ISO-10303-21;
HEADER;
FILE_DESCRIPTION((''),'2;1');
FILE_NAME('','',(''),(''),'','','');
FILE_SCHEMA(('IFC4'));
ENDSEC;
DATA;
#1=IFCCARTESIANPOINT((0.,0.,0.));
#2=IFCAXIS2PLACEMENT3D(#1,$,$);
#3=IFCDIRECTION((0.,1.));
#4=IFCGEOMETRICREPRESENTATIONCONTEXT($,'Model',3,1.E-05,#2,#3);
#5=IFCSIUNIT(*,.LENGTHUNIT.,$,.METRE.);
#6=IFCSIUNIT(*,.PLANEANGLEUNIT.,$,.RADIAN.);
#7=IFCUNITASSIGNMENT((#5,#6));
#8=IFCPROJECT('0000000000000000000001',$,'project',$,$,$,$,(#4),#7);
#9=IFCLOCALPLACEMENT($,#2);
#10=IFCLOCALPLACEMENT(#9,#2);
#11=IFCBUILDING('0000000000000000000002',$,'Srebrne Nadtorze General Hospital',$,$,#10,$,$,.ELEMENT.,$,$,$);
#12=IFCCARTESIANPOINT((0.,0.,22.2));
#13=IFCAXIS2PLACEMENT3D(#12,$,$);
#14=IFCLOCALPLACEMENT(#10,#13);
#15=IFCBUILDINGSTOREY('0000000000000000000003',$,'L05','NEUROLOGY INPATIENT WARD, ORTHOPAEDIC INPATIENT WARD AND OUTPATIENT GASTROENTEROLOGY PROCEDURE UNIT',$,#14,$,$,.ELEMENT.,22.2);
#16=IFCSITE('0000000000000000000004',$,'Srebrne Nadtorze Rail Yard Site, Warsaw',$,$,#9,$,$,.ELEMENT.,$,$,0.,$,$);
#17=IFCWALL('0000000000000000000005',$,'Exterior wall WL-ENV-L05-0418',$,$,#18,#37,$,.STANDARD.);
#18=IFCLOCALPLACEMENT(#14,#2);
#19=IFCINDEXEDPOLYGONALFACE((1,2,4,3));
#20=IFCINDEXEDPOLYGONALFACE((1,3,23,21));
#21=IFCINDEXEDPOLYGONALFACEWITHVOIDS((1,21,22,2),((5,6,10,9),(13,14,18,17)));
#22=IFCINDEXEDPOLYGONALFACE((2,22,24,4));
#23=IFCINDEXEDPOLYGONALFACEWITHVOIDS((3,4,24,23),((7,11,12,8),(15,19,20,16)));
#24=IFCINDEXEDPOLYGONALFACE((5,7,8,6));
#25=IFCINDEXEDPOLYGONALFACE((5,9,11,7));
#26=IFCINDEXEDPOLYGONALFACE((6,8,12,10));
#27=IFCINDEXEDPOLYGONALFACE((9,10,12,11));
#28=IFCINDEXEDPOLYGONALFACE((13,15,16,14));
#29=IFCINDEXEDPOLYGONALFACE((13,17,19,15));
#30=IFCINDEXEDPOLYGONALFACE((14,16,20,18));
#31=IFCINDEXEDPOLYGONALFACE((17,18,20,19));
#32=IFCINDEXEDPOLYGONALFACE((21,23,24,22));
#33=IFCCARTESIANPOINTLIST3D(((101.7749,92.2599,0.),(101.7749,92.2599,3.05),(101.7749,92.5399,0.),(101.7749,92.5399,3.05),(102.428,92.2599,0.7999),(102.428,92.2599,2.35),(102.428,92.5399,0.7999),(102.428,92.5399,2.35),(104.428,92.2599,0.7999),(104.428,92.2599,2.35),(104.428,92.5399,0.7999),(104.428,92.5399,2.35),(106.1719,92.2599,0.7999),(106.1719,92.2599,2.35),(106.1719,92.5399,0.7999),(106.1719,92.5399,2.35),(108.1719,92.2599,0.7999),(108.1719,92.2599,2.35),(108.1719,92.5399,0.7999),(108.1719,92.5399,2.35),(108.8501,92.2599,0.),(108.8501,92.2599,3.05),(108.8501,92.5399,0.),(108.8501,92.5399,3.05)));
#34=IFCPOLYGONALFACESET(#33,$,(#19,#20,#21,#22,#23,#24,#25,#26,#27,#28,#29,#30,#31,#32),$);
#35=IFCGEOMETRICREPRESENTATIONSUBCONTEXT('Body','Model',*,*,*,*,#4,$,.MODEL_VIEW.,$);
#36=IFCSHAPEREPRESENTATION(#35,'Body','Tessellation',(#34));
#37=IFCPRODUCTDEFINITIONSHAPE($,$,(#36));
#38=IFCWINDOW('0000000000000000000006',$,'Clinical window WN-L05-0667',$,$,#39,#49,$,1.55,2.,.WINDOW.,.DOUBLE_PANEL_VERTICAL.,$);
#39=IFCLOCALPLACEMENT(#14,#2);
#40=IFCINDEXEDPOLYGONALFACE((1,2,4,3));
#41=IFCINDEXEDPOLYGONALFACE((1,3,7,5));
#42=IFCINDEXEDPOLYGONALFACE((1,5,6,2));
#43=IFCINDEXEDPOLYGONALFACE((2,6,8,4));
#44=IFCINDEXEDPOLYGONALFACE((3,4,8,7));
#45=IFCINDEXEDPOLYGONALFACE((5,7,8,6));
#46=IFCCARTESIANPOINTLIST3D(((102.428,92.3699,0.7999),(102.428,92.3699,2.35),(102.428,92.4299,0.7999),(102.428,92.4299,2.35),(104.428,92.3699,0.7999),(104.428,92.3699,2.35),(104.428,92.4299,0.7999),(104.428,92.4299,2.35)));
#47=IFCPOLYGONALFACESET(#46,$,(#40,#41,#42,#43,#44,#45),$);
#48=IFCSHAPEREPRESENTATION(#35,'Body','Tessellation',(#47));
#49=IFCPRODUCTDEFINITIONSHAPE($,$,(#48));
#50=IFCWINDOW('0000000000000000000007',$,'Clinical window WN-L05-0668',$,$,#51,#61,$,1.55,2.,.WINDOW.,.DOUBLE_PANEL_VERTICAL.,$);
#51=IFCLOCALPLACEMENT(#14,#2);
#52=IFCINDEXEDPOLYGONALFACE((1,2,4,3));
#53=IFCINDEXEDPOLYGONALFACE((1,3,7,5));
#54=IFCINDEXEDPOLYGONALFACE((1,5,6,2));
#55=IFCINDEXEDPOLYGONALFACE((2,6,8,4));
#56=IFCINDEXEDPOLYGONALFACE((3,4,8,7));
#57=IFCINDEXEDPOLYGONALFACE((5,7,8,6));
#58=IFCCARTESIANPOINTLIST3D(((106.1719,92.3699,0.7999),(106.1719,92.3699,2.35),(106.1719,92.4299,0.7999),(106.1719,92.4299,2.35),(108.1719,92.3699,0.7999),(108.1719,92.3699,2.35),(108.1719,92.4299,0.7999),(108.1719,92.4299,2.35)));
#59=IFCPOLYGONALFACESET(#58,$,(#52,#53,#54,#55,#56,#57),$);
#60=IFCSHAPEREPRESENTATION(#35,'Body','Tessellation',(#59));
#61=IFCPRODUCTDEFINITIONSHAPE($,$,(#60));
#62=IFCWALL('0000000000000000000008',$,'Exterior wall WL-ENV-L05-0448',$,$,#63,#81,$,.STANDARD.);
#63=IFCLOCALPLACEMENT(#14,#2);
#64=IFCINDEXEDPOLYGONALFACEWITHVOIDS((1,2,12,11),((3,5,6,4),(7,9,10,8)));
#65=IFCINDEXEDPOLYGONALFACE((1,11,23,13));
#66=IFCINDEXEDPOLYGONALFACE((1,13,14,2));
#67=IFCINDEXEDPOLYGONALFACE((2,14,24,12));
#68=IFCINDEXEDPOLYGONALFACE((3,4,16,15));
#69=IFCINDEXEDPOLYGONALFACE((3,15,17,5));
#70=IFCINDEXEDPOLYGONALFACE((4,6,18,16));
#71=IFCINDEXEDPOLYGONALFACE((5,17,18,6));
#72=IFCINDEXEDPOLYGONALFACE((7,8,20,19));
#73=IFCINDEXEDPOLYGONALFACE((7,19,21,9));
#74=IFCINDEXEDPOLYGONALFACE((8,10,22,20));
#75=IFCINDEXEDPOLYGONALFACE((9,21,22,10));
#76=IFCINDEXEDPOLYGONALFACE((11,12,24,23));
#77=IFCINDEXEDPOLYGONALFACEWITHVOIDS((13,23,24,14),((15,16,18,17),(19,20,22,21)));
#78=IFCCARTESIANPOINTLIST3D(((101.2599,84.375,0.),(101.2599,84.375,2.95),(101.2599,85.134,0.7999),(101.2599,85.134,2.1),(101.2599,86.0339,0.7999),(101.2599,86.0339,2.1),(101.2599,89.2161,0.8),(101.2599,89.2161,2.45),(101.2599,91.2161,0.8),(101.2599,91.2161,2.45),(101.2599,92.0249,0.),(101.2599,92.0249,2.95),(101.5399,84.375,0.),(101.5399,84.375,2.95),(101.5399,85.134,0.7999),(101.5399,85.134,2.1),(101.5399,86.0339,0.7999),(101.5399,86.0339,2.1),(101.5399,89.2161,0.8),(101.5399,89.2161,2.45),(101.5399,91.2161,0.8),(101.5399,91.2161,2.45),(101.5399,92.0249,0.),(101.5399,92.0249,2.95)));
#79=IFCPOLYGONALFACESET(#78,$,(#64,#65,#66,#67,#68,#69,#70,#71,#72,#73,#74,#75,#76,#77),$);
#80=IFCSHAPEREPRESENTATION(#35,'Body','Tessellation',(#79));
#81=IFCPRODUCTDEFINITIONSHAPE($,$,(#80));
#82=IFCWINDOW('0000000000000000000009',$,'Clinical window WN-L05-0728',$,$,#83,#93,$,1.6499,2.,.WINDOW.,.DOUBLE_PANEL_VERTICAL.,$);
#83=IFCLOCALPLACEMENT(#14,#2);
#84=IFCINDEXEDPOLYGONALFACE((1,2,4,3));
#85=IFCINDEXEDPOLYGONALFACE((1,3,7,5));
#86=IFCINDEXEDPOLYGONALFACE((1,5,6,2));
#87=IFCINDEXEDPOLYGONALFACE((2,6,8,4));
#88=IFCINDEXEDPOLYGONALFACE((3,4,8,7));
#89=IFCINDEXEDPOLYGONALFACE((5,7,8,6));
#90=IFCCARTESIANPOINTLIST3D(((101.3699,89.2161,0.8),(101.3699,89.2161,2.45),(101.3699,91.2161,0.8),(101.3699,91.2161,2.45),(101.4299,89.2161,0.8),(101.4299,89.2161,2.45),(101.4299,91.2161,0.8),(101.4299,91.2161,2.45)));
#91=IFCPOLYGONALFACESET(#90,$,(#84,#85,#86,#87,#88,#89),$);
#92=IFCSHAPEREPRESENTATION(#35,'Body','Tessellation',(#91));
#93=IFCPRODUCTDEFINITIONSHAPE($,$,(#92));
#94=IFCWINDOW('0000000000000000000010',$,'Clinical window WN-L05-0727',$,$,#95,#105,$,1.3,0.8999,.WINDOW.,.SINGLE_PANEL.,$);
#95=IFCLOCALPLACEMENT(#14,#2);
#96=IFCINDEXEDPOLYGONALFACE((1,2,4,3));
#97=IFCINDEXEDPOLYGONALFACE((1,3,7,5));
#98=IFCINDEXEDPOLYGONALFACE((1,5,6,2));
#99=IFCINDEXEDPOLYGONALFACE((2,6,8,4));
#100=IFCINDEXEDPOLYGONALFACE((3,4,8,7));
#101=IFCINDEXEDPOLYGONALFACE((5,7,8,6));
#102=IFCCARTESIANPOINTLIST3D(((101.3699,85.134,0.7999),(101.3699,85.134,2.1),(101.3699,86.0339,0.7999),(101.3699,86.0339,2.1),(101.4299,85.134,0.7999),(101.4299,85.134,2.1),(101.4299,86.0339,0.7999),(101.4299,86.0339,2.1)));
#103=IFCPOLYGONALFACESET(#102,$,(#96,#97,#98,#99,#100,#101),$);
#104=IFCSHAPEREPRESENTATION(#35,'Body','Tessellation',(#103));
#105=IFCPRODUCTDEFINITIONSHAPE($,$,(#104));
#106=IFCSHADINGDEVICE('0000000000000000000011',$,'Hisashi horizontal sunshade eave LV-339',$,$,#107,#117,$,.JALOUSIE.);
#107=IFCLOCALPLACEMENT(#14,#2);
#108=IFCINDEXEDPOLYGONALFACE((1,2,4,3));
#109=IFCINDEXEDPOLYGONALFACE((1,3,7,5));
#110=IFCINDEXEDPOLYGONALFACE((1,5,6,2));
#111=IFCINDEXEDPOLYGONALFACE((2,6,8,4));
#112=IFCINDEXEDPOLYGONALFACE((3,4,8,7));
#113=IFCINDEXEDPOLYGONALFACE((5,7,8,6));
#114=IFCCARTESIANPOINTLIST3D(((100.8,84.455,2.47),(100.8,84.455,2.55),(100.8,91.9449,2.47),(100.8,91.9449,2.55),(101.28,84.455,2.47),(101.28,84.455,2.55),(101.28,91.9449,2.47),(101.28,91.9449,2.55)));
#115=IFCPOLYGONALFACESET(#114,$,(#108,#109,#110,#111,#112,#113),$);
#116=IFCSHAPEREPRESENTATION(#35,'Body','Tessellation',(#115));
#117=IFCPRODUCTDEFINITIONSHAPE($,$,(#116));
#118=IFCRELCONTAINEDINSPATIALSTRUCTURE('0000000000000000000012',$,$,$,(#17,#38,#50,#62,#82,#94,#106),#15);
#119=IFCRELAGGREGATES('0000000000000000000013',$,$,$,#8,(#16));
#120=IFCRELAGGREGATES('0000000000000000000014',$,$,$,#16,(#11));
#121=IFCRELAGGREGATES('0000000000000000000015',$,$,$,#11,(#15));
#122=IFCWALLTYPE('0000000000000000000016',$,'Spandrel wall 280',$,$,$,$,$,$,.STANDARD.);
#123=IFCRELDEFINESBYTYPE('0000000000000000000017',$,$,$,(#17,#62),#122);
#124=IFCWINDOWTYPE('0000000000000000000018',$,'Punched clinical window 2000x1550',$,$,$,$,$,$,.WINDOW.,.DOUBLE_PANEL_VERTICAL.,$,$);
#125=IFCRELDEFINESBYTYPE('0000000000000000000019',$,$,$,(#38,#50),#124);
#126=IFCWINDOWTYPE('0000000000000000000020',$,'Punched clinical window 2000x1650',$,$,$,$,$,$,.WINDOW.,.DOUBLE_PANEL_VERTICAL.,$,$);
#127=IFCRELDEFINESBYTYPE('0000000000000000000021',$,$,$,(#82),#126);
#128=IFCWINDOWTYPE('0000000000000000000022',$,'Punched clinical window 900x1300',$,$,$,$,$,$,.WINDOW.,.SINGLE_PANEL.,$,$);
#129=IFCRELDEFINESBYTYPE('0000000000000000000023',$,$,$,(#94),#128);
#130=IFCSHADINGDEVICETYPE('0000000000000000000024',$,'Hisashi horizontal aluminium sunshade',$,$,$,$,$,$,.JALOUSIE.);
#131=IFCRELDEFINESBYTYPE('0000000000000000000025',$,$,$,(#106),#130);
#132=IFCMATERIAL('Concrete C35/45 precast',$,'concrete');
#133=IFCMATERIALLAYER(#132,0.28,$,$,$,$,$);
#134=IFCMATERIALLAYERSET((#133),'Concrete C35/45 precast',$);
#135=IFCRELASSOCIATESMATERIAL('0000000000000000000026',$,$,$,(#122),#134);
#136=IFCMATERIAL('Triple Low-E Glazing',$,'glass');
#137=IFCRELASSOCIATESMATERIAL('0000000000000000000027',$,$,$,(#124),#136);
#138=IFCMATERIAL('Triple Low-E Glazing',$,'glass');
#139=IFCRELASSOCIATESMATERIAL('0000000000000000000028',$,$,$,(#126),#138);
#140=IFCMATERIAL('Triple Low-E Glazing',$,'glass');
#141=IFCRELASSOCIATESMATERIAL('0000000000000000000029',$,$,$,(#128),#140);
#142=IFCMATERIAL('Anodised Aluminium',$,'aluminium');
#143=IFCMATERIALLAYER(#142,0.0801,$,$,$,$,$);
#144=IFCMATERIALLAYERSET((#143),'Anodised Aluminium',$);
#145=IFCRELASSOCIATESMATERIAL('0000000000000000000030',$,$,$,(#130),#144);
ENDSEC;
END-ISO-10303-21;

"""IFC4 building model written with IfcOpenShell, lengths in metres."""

from ifc_helpers import new_model, si_unit, direction, frame, frame_2d, origin, origin_2d, place, context, subcontext, project, spatial, rectangle, extrude, material, layer, layer_set, type_object, element, fill, save


model = new_model("IFC4")

# Units and contexts
model_context = context("Model", 3, precision=1e-05, world=origin(), true_north=direction((0.0, 1.0)))
body_context = subcontext(model_context, "Body", "Model", "MODEL_VIEW")
ifc_project = project(units=[si_unit("LENGTHUNIT", "METRE"), si_unit("PLANEANGLEUNIT", "RADIAN")], contexts=[model_context])

# Site, building, storey
site_placement = place(None, origin())
site = spatial("IfcSite", under=ifc_project, at=site_placement, Name="Srebrne Nadtorze Rail Yard Site, Warsaw", CompositionType="ELEMENT", RefElevation=0.0)
building_placement = place(site_placement, origin())
building = spatial("IfcBuilding", under=site, at=building_placement, Name="Srebrne Nadtorze General Hospital", CompositionType="ELEMENT")
storey_placement = place(building_placement, frame((0.0, 0.0, 22.2)))
storey = spatial("IfcBuildingStorey", under=building, at=storey_placement, Name="L05", Description="NEUROLOGY INPATIENT WARD, ORTHOPAEDIC INPATIENT WARD AND OUTPATIENT GASTROENTEROLOGY PROCEDURE UNIT", CompositionType="ELEMENT", Elevation=22.2)

# Walls, openings, windows
ifc_material_1 = material(Name="Concrete C35/45 precast", Category="concrete")
ifc_layer_1 = layer(ifc_material_1, 0.28)
ifc_layer_set_1 = layer_set([ifc_layer_1], Name="Concrete C35/45 precast")
wall_type_1 = type_object("IfcWallType", Name="Spandrel wall 280", PredefinedType="STANDARD", material=ifc_layer_set_1)
wall_1_placement = place(storey_placement, frame((101.7749, 92.3999, 0.0), z_axis=(0.0, 0.0, 1.0), x_axis=(1.0, 0.0, 0.0)))
wall_1 = element("IfcWall", 1, at=wall_1_placement, inside=storey, type_object=wall_type_1, Name="Exterior wall WL-ENV-L05-0418", PredefinedType="STANDARD", context=body_context, shape_type="SweptSolid", body=[
    extrude(rectangle(XDim=7.0752, YDim=0.28, at=frame_2d((3.5376, 0.0))), origin(), (0.0, 0.0, 1.0), 3.05),
])
opening_1_placement = place(wall_1_placement, frame((0.6531, 0.0, 0.8)))
opening_1 = element("IfcOpeningElement", 2, at=opening_1_placement, cuts=wall_1, PredefinedType="OPENING", context=body_context, shape_type="SweptSolid", body=[
    extrude(rectangle(XDim=2.0, YDim=1.55, at=frame_2d((1.0, 0.7749))), frame((0.0, 0.1519, 0.0), z_axis=(0.0, -1.0, 0.0), x_axis=(1.0, 0.0, 0.0)), (0.0, 0.0, 1.0), 0.304),
])
opening_2_placement = place(wall_1_placement, frame((4.397, 0.0, 0.8)))
opening_2 = element("IfcOpeningElement", 3, at=opening_2_placement, cuts=wall_1, PredefinedType="OPENING", context=body_context, shape_type="SweptSolid", body=[
    extrude(rectangle(XDim=2.0, YDim=1.55, at=frame_2d((1.0, 0.7749))), frame((0.0, 0.1519, 0.0), z_axis=(0.0, -1.0, 0.0), x_axis=(1.0, 0.0, 0.0)), (0.0, 0.0, 1.0), 0.304),
])
ifc_material_2 = material(Name="Triple Low-E Glazing", Category="glass")
window_type_1 = type_object("IfcWindowType", Name="Punched clinical window 2000x1550", PartitioningType="DOUBLE_PANEL_VERTICAL", PredefinedType="WINDOW", material=ifc_material_2)
window_1_placement = place(opening_1_placement, origin())
window_1 = element("IfcWindow", 4, at=window_1_placement, inside=storey, type_object=window_type_1, Name="Clinical window WN-L05-0667", OverallHeight=1.55, OverallWidth=2.0, PartitioningType="DOUBLE_PANEL_VERTICAL", PredefinedType="WINDOW", context=body_context, shape_type="SweptSolid", body=[
    extrude(rectangle(XDim=2.0, YDim=1.55, at=frame_2d((1.0, 0.7749))), frame((0.0, 0.03, 0.0), z_axis=(0.0, -1.0, 0.0), x_axis=(1.0, 0.0, 0.0)), (0.0, 0.0, 1.0), 0.0601),
])
fill(opening_1, window_1)
window_2_placement = place(opening_2_placement, origin())
window_2 = element("IfcWindow", 5, at=window_2_placement, inside=storey, type_object=window_type_1, Name="Clinical window WN-L05-0668", OverallHeight=1.55, OverallWidth=2.0, PartitioningType="DOUBLE_PANEL_VERTICAL", PredefinedType="WINDOW", context=body_context, shape_type="SweptSolid", body=[
    extrude(rectangle(XDim=2.0, YDim=1.55, at=frame_2d((1.0, 0.7749))), frame((0.0, 0.03, 0.0), z_axis=(0.0, -1.0, 0.0), x_axis=(1.0, 0.0, 0.0)), (0.0, 0.0, 1.0), 0.0601),
])
fill(opening_2, window_2)
wall_2_placement = place(storey_placement, frame((101.3999, 84.375, 0.0), z_axis=(0.0, 0.0, 1.0), x_axis=(0.0, 1.0, 0.0)))
wall_2 = element("IfcWall", 6, at=wall_2_placement, inside=storey, type_object=wall_type_1, Name="Exterior wall WL-ENV-L05-0448", PredefinedType="STANDARD", context=body_context, shape_type="SweptSolid", body=[
    extrude(rectangle(XDim=7.6499, YDim=0.28, at=frame_2d((3.825, 0.0))), origin(), (0.0, 0.0, 1.0), 2.95),
])
opening_3_placement = place(wall_2_placement, frame((0.759, 0.0, 0.8)))
opening_3 = element("IfcOpeningElement", 7, at=opening_3_placement, cuts=wall_2, PredefinedType="OPENING", context=body_context, shape_type="SweptSolid", body=[
    extrude(rectangle(XDim=0.8999, YDim=1.3, at=frame_2d((0.45, 0.6499))), frame((0.0, 0.1519, 0.0), z_axis=(0.0, -1.0, 0.0), x_axis=(1.0, 0.0, 0.0)), (0.0, 0.0, 1.0), 0.304),
])
opening_4_placement = place(wall_2_placement, frame((4.8411, 0.0, 0.8)))
opening_4 = element("IfcOpeningElement", 8, at=opening_4_placement, cuts=wall_2, PredefinedType="OPENING", context=body_context, shape_type="SweptSolid", body=[
    extrude(rectangle(XDim=2.0, YDim=1.6499, at=frame_2d((1.0, 0.825))), frame((0.0, 0.1519, 0.0), z_axis=(0.0, -1.0, 0.0), x_axis=(1.0, 0.0, 0.0)), (0.0, 0.0, 1.0), 0.304),
])
ifc_material_3 = material(Name="Triple Low-E Glazing", Category="glass")
window_type_2 = type_object("IfcWindowType", Name="Punched clinical window 2000x1650", PartitioningType="DOUBLE_PANEL_VERTICAL", PredefinedType="WINDOW", material=ifc_material_3)
window_3_placement = place(opening_4_placement, origin())
window_3 = element("IfcWindow", 9, at=window_3_placement, inside=storey, type_object=window_type_2, Name="Clinical window WN-L05-0728", OverallHeight=1.6499, OverallWidth=2.0, PartitioningType="DOUBLE_PANEL_VERTICAL", PredefinedType="WINDOW", context=body_context, shape_type="SweptSolid", body=[
    extrude(rectangle(XDim=2.0, YDim=1.6499, at=frame_2d((1.0, 0.825))), frame((0.0, 0.03, 0.0), z_axis=(0.0, -1.0, 0.0), x_axis=(1.0, 0.0, 0.0)), (0.0, 0.0, 1.0), 0.0601),
])
fill(opening_4, window_3)
ifc_material_4 = material(Name="Triple Low-E Glazing", Category="glass")
window_type_3 = type_object("IfcWindowType", Name="Punched clinical window 900x1300", PartitioningType="SINGLE_PANEL", PredefinedType="WINDOW", material=ifc_material_4)
window_4_placement = place(opening_3_placement, origin())
window_4 = element("IfcWindow", 10, at=window_4_placement, inside=storey, type_object=window_type_3, Name="Clinical window WN-L05-0727", OverallHeight=1.3, OverallWidth=0.8999, PartitioningType="SINGLE_PANEL", PredefinedType="WINDOW", context=body_context, shape_type="SweptSolid", body=[
    extrude(rectangle(XDim=0.8999, YDim=1.3, at=frame_2d((0.45, 0.6499))), frame((0.0, 0.03, 0.0), z_axis=(0.0, -1.0, 0.0), x_axis=(1.0, 0.0, 0.0)), (0.0, 0.0, 1.0), 0.0601),
])
fill(opening_3, window_4)

# Shading device
ifc_material_5 = material(Name="Anodised Aluminium", Category="aluminium")
ifc_layer_2 = layer(ifc_material_5, 0.0801)
ifc_layer_set_2 = layer_set([ifc_layer_2], Name="Anodised Aluminium")
shading_device_type = type_object("IfcShadingDeviceType", Name="Hisashi horizontal aluminium sunshade", PredefinedType="JALOUSIE", material=ifc_layer_set_2)
shading_device_placement = place(storey_placement, frame((101.04, 88.2, 2.47), z_axis=(0.0, 0.0, 1.0), x_axis=(1.0, 0.0, 0.0)))
element("IfcShadingDevice", 11, at=shading_device_placement, inside=storey, type_object=shading_device_type, Name="Hisashi horizontal sunshade eave LV-339", PredefinedType="JALOUSIE", context=body_context, shape_type="SweptSolid", body=[
    extrude(rectangle(XDim=0.48, YDim=7.49, at=origin_2d()), origin(), (0.0, 0.0, 1.0), 0.0801),
])

save(model, "model.ifc")
